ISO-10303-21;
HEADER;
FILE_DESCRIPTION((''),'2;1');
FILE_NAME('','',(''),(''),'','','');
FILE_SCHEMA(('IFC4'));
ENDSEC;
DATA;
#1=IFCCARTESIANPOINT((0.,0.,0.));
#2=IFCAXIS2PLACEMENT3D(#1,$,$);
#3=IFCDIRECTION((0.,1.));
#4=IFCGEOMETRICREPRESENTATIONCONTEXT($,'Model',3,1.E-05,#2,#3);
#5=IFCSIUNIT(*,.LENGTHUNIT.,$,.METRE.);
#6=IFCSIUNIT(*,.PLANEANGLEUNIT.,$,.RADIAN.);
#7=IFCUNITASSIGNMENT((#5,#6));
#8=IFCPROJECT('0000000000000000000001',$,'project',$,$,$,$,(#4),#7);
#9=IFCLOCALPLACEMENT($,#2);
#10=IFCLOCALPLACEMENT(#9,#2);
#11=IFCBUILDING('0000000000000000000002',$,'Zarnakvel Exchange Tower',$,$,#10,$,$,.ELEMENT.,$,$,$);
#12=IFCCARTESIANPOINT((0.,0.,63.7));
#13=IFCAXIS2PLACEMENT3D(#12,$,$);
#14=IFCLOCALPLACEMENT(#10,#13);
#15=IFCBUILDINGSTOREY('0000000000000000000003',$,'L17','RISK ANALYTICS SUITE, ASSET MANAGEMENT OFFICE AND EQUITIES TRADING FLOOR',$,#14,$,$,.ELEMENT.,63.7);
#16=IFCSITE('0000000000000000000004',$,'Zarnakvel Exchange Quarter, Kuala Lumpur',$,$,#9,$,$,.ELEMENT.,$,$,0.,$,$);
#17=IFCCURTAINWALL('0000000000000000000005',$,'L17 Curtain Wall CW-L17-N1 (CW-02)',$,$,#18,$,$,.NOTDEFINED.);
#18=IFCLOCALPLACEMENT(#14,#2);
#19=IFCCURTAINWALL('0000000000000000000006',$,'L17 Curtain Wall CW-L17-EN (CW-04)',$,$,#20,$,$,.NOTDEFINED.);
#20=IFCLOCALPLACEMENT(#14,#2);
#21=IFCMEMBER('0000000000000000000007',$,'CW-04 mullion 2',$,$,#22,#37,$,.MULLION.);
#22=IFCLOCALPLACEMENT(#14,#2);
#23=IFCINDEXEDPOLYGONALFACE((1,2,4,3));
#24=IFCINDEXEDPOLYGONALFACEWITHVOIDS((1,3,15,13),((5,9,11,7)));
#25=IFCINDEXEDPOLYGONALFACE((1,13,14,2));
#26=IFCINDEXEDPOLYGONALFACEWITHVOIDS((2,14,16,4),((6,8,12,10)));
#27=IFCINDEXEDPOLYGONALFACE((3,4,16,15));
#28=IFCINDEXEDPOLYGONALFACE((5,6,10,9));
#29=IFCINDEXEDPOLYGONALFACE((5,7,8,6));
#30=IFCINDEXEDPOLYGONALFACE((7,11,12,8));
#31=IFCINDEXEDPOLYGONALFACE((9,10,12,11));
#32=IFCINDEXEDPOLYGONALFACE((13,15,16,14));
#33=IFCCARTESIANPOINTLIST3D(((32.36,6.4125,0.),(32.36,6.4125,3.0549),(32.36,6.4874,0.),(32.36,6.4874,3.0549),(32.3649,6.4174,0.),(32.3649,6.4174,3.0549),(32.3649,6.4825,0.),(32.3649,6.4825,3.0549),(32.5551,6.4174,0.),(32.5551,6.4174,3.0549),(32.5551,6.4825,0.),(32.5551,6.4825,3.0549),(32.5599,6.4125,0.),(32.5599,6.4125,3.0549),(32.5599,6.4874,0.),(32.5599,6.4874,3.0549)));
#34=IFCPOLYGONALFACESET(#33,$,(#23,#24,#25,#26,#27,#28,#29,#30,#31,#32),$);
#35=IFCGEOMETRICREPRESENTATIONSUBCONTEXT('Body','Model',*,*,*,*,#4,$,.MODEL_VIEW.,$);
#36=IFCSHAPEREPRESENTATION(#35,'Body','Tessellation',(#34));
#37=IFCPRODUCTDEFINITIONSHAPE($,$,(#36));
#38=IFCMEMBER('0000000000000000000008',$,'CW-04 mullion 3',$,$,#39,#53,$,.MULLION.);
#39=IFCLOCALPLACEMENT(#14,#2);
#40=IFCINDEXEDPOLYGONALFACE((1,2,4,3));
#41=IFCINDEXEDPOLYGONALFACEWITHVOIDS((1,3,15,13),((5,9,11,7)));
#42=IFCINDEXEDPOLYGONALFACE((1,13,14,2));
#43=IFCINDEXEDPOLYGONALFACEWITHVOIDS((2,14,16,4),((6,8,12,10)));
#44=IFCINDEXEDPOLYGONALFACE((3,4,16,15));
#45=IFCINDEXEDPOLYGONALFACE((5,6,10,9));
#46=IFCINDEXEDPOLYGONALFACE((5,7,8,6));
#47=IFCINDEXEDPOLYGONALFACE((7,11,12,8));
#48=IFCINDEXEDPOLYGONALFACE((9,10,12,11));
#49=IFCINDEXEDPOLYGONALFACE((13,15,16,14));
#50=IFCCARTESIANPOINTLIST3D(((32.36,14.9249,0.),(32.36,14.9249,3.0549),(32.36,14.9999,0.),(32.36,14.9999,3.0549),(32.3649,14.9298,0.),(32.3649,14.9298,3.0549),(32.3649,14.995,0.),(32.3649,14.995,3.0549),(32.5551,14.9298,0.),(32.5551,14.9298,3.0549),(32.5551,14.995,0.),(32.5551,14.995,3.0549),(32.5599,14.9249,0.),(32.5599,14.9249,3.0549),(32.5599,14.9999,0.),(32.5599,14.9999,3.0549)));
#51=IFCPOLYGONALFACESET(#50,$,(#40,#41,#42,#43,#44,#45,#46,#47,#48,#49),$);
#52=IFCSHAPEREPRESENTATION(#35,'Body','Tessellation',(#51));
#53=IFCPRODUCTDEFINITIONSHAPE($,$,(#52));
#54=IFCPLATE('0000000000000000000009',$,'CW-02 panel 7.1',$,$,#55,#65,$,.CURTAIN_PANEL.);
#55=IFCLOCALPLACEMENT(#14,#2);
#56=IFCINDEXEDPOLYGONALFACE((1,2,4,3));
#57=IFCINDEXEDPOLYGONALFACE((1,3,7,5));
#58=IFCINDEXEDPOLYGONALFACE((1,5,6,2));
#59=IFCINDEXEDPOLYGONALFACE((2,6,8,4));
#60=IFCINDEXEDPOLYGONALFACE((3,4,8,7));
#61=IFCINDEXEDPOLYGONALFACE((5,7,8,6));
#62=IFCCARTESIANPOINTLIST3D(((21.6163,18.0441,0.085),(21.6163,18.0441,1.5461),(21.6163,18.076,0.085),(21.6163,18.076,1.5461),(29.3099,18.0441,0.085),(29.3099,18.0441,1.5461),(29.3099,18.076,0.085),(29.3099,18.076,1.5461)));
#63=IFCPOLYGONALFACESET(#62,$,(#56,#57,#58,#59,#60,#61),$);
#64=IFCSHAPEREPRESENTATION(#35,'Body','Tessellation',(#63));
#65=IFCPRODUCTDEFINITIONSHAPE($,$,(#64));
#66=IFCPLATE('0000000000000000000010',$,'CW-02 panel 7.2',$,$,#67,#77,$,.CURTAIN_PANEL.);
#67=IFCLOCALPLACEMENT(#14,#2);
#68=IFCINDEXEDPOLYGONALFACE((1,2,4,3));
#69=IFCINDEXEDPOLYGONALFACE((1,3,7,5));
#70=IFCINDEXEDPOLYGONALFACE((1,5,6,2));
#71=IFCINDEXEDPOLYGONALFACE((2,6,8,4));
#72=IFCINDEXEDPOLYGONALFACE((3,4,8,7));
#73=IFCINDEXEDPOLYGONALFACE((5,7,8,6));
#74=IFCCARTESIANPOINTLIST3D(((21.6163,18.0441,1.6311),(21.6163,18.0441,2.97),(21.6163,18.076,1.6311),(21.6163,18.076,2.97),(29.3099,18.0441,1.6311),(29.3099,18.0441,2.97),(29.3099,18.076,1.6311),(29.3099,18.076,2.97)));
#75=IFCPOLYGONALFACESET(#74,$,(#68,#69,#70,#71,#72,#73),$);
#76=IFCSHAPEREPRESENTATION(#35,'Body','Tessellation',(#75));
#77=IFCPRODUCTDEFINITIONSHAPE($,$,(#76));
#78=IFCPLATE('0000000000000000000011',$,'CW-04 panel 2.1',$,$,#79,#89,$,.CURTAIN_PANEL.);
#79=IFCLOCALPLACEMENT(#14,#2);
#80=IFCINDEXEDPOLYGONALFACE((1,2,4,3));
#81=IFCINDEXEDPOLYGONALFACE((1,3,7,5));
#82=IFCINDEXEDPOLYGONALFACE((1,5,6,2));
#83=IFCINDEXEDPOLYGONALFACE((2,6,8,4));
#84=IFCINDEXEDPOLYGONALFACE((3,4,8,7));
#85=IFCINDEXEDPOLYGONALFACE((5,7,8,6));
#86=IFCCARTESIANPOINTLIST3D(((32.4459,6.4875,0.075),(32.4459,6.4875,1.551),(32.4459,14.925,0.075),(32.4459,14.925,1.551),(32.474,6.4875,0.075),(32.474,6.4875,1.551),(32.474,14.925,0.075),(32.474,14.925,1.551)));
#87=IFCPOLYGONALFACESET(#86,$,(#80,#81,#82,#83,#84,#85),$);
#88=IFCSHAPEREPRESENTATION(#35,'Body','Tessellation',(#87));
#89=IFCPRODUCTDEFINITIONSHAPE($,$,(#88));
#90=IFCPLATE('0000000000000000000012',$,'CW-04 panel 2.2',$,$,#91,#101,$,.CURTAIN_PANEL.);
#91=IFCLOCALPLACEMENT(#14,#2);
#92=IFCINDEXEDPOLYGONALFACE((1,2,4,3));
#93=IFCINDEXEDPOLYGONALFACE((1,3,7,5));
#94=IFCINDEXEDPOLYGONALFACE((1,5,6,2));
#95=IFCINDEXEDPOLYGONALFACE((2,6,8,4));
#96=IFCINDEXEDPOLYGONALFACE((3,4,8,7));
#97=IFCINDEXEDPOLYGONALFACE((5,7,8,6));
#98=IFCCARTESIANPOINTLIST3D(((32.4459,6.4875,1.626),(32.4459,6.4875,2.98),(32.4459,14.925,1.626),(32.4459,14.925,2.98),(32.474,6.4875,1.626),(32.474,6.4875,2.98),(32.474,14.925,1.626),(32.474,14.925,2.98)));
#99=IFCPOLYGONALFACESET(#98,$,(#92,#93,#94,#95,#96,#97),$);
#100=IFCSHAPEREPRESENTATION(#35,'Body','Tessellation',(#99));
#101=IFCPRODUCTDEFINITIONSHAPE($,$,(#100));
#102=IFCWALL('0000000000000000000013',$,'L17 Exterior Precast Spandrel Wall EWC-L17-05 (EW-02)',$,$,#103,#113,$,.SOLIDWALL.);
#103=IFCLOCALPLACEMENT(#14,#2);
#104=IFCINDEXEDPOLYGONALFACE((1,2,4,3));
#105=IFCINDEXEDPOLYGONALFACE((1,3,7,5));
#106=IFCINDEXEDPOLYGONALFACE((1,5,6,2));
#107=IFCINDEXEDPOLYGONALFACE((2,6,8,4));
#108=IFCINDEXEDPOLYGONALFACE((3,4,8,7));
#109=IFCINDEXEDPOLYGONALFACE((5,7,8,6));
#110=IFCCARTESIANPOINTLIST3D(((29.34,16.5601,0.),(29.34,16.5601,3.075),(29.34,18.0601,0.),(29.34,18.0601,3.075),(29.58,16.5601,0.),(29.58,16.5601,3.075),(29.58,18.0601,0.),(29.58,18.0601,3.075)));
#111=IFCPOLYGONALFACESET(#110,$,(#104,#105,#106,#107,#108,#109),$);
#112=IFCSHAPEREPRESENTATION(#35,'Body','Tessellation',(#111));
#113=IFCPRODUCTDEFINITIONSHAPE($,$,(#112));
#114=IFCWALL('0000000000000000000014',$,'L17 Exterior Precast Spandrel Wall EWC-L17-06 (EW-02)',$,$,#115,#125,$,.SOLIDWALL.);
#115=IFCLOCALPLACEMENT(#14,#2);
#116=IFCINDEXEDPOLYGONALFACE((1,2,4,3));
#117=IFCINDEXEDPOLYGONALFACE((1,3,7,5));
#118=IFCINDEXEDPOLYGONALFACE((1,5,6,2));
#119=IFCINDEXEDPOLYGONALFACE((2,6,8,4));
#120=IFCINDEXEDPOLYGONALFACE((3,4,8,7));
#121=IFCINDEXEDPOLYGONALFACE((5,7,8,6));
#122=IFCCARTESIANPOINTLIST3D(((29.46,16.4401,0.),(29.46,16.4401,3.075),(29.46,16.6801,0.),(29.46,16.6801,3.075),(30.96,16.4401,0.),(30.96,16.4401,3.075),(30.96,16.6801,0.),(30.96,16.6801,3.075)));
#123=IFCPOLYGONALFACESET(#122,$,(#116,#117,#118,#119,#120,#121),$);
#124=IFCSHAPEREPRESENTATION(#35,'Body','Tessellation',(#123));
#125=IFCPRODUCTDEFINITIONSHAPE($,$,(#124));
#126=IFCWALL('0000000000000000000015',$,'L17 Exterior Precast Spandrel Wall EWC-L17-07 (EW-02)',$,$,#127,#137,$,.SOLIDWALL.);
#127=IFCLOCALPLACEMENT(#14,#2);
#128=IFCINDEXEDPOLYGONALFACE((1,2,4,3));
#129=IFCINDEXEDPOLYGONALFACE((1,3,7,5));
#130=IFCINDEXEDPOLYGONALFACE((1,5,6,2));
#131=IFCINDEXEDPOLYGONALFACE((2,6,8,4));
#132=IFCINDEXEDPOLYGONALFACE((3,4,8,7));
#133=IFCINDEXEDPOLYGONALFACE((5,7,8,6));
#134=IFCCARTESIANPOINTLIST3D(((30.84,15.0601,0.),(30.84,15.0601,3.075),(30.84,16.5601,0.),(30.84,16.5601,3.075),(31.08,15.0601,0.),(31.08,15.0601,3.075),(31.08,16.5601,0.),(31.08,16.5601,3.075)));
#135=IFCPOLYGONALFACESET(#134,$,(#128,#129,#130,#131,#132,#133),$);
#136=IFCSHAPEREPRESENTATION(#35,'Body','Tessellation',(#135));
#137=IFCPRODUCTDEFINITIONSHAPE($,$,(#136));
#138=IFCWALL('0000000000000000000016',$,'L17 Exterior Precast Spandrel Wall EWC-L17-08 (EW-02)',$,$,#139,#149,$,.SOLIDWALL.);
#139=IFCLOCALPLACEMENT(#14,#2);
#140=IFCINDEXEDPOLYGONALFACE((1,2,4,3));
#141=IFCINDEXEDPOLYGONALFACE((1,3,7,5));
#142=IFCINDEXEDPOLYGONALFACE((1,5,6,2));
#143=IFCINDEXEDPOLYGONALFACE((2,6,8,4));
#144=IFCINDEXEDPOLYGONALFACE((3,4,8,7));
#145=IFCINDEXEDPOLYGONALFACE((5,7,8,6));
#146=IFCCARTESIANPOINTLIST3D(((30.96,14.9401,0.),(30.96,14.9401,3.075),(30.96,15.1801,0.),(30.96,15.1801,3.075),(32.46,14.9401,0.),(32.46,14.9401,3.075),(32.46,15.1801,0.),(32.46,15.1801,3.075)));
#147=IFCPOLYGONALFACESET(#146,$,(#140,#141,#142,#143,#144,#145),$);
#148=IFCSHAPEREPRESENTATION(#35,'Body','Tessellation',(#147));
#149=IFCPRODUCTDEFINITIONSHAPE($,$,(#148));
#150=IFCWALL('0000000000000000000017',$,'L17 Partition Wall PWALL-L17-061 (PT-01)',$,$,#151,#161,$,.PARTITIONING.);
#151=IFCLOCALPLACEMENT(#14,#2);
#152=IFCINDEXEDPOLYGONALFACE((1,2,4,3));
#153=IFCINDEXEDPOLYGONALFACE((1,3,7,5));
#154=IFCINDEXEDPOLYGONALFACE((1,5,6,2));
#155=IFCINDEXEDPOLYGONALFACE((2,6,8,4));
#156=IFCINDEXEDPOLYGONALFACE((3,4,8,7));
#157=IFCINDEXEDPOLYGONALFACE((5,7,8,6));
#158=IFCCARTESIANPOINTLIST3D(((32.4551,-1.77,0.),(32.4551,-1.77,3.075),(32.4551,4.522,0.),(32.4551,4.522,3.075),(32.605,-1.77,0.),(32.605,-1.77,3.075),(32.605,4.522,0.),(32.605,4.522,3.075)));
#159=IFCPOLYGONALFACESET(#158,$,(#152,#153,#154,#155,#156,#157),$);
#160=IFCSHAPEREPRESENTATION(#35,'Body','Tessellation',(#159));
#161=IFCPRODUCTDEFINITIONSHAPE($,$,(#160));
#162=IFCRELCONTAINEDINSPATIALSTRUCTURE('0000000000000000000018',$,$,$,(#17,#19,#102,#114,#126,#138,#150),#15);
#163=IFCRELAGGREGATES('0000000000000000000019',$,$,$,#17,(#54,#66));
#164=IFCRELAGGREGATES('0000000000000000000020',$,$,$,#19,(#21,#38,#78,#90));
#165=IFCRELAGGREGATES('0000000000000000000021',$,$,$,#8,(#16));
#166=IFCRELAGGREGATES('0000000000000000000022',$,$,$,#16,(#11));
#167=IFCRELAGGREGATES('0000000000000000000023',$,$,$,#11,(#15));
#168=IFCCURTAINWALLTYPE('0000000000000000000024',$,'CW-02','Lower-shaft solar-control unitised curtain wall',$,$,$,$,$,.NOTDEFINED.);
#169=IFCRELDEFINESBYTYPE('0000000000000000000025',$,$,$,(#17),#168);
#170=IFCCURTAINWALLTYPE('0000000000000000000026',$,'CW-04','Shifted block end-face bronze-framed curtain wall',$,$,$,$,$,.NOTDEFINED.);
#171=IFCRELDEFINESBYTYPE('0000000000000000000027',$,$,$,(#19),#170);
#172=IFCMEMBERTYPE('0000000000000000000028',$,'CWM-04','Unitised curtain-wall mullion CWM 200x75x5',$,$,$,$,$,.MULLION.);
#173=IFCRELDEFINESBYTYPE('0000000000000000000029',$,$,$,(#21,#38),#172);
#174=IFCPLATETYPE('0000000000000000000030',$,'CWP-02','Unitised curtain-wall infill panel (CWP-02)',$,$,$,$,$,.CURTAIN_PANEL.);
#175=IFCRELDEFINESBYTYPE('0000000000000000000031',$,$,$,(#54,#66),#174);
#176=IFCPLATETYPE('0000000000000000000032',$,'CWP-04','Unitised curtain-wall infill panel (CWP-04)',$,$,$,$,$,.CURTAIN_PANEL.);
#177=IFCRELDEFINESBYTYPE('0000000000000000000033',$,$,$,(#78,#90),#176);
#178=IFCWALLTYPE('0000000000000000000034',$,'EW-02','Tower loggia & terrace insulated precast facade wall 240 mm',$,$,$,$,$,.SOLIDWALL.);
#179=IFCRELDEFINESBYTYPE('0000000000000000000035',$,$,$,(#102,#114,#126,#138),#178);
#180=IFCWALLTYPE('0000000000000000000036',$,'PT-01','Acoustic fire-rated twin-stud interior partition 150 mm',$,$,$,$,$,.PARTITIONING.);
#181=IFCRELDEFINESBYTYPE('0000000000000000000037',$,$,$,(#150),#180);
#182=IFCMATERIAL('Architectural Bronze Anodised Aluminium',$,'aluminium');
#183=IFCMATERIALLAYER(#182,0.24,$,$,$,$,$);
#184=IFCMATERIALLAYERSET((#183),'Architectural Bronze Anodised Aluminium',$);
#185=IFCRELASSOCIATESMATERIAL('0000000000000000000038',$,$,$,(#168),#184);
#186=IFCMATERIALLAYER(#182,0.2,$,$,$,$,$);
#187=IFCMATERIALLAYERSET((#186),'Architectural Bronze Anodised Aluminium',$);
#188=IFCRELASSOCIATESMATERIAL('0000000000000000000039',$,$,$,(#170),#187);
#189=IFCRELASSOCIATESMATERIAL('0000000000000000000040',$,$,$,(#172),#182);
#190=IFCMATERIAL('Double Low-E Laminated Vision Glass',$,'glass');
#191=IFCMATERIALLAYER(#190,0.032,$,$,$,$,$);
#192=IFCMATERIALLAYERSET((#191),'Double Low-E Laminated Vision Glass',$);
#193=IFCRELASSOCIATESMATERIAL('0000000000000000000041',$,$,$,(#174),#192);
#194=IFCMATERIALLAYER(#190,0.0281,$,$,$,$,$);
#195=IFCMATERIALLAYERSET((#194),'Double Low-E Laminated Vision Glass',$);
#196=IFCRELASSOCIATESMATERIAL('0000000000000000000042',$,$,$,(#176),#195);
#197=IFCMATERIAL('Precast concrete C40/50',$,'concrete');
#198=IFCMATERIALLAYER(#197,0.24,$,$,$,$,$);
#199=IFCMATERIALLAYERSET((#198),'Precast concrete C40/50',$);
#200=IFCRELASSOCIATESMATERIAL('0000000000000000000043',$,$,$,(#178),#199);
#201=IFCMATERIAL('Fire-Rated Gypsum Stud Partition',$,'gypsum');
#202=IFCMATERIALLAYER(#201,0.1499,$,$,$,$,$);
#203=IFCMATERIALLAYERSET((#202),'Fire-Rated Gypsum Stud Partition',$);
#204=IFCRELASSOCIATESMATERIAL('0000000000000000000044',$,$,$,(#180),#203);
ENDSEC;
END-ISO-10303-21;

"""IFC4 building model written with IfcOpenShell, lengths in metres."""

from ifc_helpers import new_model, si_unit, direction, frame, frame_2d, origin, origin_2d, place, context, subcontext, project, spatial, rectangle, hollow_rectangle, extrude, source, transform, mapped, material, layer, layer_set, material_profile, profile_set, type_object, element, aggregate, save


model = new_model("IFC4")

# Units and contexts
model_context = context("Model", 3, precision=1e-05, world=origin(), true_north=direction((0.0, 1.0)))
body_context = subcontext(model_context, "Body", "Model", "MODEL_VIEW")
ifc_project = project(units=[si_unit("LENGTHUNIT", "METRE"), si_unit("PLANEANGLEUNIT", "RADIAN")], contexts=[model_context])

# Site, building, storey
site_placement = place(None, origin())
site = spatial("IfcSite", under=ifc_project, at=site_placement, Name="Zarnakvel Exchange Quarter, Kuala Lumpur", CompositionType="ELEMENT", RefElevation=0.0)
building_placement = place(site_placement, origin())
building = spatial("IfcBuilding", under=site, at=building_placement, Name="Zarnakvel Exchange Tower", CompositionType="ELEMENT")
storey_placement = place(building_placement, frame((0.0, 0.0, 63.7)))
storey = spatial("IfcBuildingStorey", under=building, at=storey_placement, Name="L17", Description="RISK ANALYTICS SUITE, ASSET MANAGEMENT OFFICE AND EQUITIES TRADING FLOOR", CompositionType="ELEMENT", Elevation=63.7)

# Curtain walls
ifc_material_1 = material(Name="Architectural Bronze Anodised Aluminium", Category="aluminium")
ifc_layer_1 = layer(ifc_material_1, 0.24)
ifc_layer_set_1 = layer_set([ifc_layer_1], Name="Architectural Bronze Anodised Aluminium")
curtain_wall_type_1 = type_object("IfcCurtainWallType", Name="CW-02", Description="Lower-shaft solar-control unitised curtain wall", PredefinedType="NOTDEFINED", material=ifc_layer_set_1)
curtain_wall_1_placement = place(storey_placement, origin())
curtain_wall_1 = element("IfcCurtainWall", 1, at=curtain_wall_1_placement, inside=storey, type_object=curtain_wall_type_1, Name="L17 Curtain Wall CW-L17-N1 (CW-02)", PredefinedType="NOTDEFINED")
ifc_layer_2 = layer(ifc_material_1, 0.2)
ifc_layer_set_2 = layer_set([ifc_layer_2], Name="Architectural Bronze Anodised Aluminium")
curtain_wall_type_2 = type_object("IfcCurtainWallType", Name="CW-04", Description="Shifted block end-face bronze-framed curtain wall", PredefinedType="NOTDEFINED", material=ifc_layer_set_2)
curtain_wall_2_placement = place(storey_placement, origin())
curtain_wall_2 = element("IfcCurtainWall", 2, at=curtain_wall_2_placement, inside=storey, type_object=curtain_wall_type_2, Name="L17 Curtain Wall CW-L17-EN (CW-04)", PredefinedType="NOTDEFINED")

# Members
ifc_material_profile_1 = material_profile(ifc_material_1, hollow_rectangle(XDim=0.2, YDim=0.075, WallThickness=0.0049, at=origin_2d()))
ifc_profile_set_1 = profile_set([ifc_material_profile_1], Name="Architectural Bronze Anodised Aluminium")
member_type_1 = type_object("IfcMemberType", Name="CWM-04", Description="Unitised curtain-wall mullion CWM 200x75x5", PredefinedType="MULLION", material=ifc_profile_set_1)
shared_shape_1 = source(origin(), body_context, "Body", "SweptSolid", [
    extrude(hollow_rectangle(XDim=0.2, YDim=0.075, WallThickness=0.0049, at=origin_2d()), origin(), (0.0, 0.0, 1.0), 3.0549),
])
member_1_placement = place(storey_placement, frame((32.46, 6.45, 0.0), z_axis=(0.0, 0.0, 1.0), x_axis=(-1.0, 0.0, 0.0)))
member_1 = element("IfcMember", 3, at=member_1_placement, type_object=member_type_1, Name="CW-04 mullion 2", PredefinedType="MULLION", context=body_context, shape_type="MappedRepresentation", body=[
    mapped(shared_shape_1, transform((0.0, 0.0, 0.0), x_axis=(1.0, 0.0, 0.0), y_axis=(0.0, 1.0, 0.0), z_axis=(0.0, 0.0, 1.0), scale=1.0)),
])
member_2_placement = place(storey_placement, frame((32.46, 14.9624, 0.0), z_axis=(0.0, 0.0, 1.0), x_axis=(-1.0, 0.0, 0.0)))
member_2 = element("IfcMember", 4, at=member_2_placement, type_object=member_type_1, Name="CW-04 mullion 3", PredefinedType="MULLION", context=body_context, shape_type="MappedRepresentation", body=[
    mapped(shared_shape_1, transform((0.0, 0.0, 0.0), x_axis=(1.0, 0.0, 0.0), y_axis=(0.0, 1.0, 0.0), z_axis=(0.0, 0.0, 1.0), scale=1.0)),
])

# Plates
ifc_material_2 = material(Name="Double Low-E Laminated Vision Glass", Category="glass")
ifc_layer_3 = layer(ifc_material_2, 0.032)
ifc_layer_set_3 = layer_set([ifc_layer_3], Name="Double Low-E Laminated Vision Glass")
plate_type_1 = type_object("IfcPlateType", Name="CWP-02", Description="Unitised curtain-wall infill panel (CWP-02)", PredefinedType="CURTAIN_PANEL", material=ifc_layer_set_3)
shared_shape_2 = source(origin(), body_context, "Body", "SweptSolid", [
    extrude(rectangle(XDim=7.6936, YDim=0.032, at=origin_2d()), origin(), (0.0, 0.0, 1.0), 1.4612),
])
plate_1_placement = place(storey_placement, frame((25.4631, 18.0601, 0.085), z_axis=(0.0, 0.0, 1.0), x_axis=(1.0, 0.0, 0.0)))
plate_1 = element("IfcPlate", 5, at=plate_1_placement, type_object=plate_type_1, Name="CW-02 panel 7.1", PredefinedType="CURTAIN_PANEL", context=body_context, shape_type="MappedRepresentation", body=[
    mapped(shared_shape_2, transform((0.0, 0.0, 0.0), x_axis=(1.0, 0.0, 0.0), y_axis=(0.0, 1.0, 0.0), z_axis=(0.0, 0.0, 1.0), scale=1.0)),
])
shared_shape_3 = source(origin(), body_context, "Body", "SweptSolid", [
    extrude(rectangle(XDim=7.6936, YDim=0.032, at=origin_2d()), origin(), (0.0, 0.0, 1.0), 1.3389),
])
plate_2_placement = place(storey_placement, frame((25.4631, 18.0601, 1.6311), z_axis=(0.0, 0.0, 1.0), x_axis=(1.0, 0.0, 0.0)))
plate_2 = element("IfcPlate", 6, at=plate_2_placement, type_object=plate_type_1, Name="CW-02 panel 7.2", PredefinedType="CURTAIN_PANEL", context=body_context, shape_type="MappedRepresentation", body=[
    mapped(shared_shape_3, transform((0.0, 0.0, 0.0), x_axis=(1.0, 0.0, 0.0), y_axis=(0.0, 1.0, 0.0), z_axis=(0.0, 0.0, 1.0), scale=1.0)),
])
aggregate(curtain_wall_1, [plate_1, plate_2])
ifc_layer_4 = layer(ifc_material_2, 0.0281)
ifc_layer_set_4 = layer_set([ifc_layer_4], Name="Double Low-E Laminated Vision Glass")
plate_type_2 = type_object("IfcPlateType", Name="CWP-04", Description="Unitised curtain-wall infill panel (CWP-04)", PredefinedType="CURTAIN_PANEL", material=ifc_layer_set_4)
shared_shape_4 = source(origin(), body_context, "Body", "SweptSolid", [
    extrude(rectangle(XDim=8.4375, YDim=0.0281, at=origin_2d()), origin(), (0.0, 0.0, 1.0), 1.4761),
])
plate_3_placement = place(storey_placement, frame((32.46, 10.7063, 0.075), z_axis=(0.0, 0.0, 1.0), x_axis=(0.0, 1.0, 0.0)))
plate_3 = element("IfcPlate", 7, at=plate_3_placement, type_object=plate_type_2, Name="CW-04 panel 2.1", PredefinedType="CURTAIN_PANEL", context=body_context, shape_type="MappedRepresentation", body=[
    mapped(shared_shape_4, transform((0.0, 0.0, 0.0), x_axis=(1.0, 0.0, 0.0), y_axis=(0.0, 1.0, 0.0), z_axis=(0.0, 0.0, 1.0), scale=1.0)),
])
shared_shape_5 = source(origin(), body_context, "Body", "SweptSolid", [
    extrude(rectangle(XDim=8.4375, YDim=0.0281, at=origin_2d()), origin(), (0.0, 0.0, 1.0), 1.354),
])
plate_4_placement = place(storey_placement, frame((32.46, 10.7063, 1.626), z_axis=(0.0, 0.0, 1.0), x_axis=(0.0, 1.0, 0.0)))
plate_4 = element("IfcPlate", 8, at=plate_4_placement, type_object=plate_type_2, Name="CW-04 panel 2.2", PredefinedType="CURTAIN_PANEL", context=body_context, shape_type="MappedRepresentation", body=[
    mapped(shared_shape_5, transform((0.0, 0.0, 0.0), x_axis=(1.0, 0.0, 0.0), y_axis=(0.0, 1.0, 0.0), z_axis=(0.0, 0.0, 1.0), scale=1.0)),
])
aggregate(curtain_wall_2, [member_1, member_2, plate_3, plate_4])

# Walls
ifc_material_3 = material(Name="Precast concrete C40/50", Category="concrete")
ifc_layer_5 = layer(ifc_material_3, 0.24)
ifc_layer_set_5 = layer_set([ifc_layer_5], Name="Precast concrete C40/50")
wall_type_1 = type_object("IfcWallType", Name="EW-02", Description="Tower loggia & terrace insulated precast facade wall 240 mm", PredefinedType="SOLIDWALL", material=ifc_layer_set_5)
for number, where, z_axis, x_axis, name in (
    (9, (29.46, 16.5601, 0.0), (0.0, 0.0, 1.0), (0.0, 1.0, 0.0), "L17 Exterior Precast Spandrel Wall EWC-L17-05 (EW-02)"),
    (10, (30.96, 16.5601, 0.0), (0.0, 0.0, 1.0), (-1.0, 0.0, 0.0), "L17 Exterior Precast Spandrel Wall EWC-L17-06 (EW-02)"),
    (11, (30.96, 15.0601, 0.0), (0.0, 0.0, 1.0), (0.0, 1.0, 0.0), "L17 Exterior Precast Spandrel Wall EWC-L17-07 (EW-02)"),
    (12, (32.46, 15.0601, 0.0), (0.0, 0.0, 1.0), (-1.0, 0.0, 0.0), "L17 Exterior Precast Spandrel Wall EWC-L17-08 (EW-02)"),
):
    element("IfcWall", number, at=place(storey_placement, frame(where, z_axis=z_axis, x_axis=x_axis)), inside=storey, type_object=wall_type_1, Name=name, PredefinedType="SOLIDWALL", context=body_context, shape_type="SweptSolid", body=[
        extrude(rectangle(XDim=1.5, YDim=0.24, at=frame_2d((0.75, 0.0))), origin(), (0.0, 0.0, 1.0), 3.075),
    ])
ifc_material_4 = material(Name="Fire-Rated Gypsum Stud Partition", Category="gypsum")
ifc_layer_6 = layer(ifc_material_4, 0.1499)
ifc_layer_set_6 = layer_set([ifc_layer_6], Name="Fire-Rated Gypsum Stud Partition")
wall_type_2 = type_object("IfcWallType", Name="PT-01", Description="Acoustic fire-rated twin-stud interior partition 150 mm", PredefinedType="PARTITIONING", material=ifc_layer_set_6)
wall_1_placement = place(storey_placement, frame((32.53, 4.522, 0.0), z_axis=(0.0, 0.0, 1.0), x_axis=(0.0, -1.0, 0.0)))
element("IfcWall", 13, at=wall_1_placement, inside=storey, type_object=wall_type_2, Name="L17 Partition Wall PWALL-L17-061 (PT-01)", PredefinedType="PARTITIONING", context=body_context, shape_type="SweptSolid", body=[
    extrude(rectangle(XDim=6.292, YDim=0.1499, at=frame_2d((3.146, 0.0))), origin(), (0.0, 0.0, 1.0), 3.075),
])

save(model, "model.ifc")
